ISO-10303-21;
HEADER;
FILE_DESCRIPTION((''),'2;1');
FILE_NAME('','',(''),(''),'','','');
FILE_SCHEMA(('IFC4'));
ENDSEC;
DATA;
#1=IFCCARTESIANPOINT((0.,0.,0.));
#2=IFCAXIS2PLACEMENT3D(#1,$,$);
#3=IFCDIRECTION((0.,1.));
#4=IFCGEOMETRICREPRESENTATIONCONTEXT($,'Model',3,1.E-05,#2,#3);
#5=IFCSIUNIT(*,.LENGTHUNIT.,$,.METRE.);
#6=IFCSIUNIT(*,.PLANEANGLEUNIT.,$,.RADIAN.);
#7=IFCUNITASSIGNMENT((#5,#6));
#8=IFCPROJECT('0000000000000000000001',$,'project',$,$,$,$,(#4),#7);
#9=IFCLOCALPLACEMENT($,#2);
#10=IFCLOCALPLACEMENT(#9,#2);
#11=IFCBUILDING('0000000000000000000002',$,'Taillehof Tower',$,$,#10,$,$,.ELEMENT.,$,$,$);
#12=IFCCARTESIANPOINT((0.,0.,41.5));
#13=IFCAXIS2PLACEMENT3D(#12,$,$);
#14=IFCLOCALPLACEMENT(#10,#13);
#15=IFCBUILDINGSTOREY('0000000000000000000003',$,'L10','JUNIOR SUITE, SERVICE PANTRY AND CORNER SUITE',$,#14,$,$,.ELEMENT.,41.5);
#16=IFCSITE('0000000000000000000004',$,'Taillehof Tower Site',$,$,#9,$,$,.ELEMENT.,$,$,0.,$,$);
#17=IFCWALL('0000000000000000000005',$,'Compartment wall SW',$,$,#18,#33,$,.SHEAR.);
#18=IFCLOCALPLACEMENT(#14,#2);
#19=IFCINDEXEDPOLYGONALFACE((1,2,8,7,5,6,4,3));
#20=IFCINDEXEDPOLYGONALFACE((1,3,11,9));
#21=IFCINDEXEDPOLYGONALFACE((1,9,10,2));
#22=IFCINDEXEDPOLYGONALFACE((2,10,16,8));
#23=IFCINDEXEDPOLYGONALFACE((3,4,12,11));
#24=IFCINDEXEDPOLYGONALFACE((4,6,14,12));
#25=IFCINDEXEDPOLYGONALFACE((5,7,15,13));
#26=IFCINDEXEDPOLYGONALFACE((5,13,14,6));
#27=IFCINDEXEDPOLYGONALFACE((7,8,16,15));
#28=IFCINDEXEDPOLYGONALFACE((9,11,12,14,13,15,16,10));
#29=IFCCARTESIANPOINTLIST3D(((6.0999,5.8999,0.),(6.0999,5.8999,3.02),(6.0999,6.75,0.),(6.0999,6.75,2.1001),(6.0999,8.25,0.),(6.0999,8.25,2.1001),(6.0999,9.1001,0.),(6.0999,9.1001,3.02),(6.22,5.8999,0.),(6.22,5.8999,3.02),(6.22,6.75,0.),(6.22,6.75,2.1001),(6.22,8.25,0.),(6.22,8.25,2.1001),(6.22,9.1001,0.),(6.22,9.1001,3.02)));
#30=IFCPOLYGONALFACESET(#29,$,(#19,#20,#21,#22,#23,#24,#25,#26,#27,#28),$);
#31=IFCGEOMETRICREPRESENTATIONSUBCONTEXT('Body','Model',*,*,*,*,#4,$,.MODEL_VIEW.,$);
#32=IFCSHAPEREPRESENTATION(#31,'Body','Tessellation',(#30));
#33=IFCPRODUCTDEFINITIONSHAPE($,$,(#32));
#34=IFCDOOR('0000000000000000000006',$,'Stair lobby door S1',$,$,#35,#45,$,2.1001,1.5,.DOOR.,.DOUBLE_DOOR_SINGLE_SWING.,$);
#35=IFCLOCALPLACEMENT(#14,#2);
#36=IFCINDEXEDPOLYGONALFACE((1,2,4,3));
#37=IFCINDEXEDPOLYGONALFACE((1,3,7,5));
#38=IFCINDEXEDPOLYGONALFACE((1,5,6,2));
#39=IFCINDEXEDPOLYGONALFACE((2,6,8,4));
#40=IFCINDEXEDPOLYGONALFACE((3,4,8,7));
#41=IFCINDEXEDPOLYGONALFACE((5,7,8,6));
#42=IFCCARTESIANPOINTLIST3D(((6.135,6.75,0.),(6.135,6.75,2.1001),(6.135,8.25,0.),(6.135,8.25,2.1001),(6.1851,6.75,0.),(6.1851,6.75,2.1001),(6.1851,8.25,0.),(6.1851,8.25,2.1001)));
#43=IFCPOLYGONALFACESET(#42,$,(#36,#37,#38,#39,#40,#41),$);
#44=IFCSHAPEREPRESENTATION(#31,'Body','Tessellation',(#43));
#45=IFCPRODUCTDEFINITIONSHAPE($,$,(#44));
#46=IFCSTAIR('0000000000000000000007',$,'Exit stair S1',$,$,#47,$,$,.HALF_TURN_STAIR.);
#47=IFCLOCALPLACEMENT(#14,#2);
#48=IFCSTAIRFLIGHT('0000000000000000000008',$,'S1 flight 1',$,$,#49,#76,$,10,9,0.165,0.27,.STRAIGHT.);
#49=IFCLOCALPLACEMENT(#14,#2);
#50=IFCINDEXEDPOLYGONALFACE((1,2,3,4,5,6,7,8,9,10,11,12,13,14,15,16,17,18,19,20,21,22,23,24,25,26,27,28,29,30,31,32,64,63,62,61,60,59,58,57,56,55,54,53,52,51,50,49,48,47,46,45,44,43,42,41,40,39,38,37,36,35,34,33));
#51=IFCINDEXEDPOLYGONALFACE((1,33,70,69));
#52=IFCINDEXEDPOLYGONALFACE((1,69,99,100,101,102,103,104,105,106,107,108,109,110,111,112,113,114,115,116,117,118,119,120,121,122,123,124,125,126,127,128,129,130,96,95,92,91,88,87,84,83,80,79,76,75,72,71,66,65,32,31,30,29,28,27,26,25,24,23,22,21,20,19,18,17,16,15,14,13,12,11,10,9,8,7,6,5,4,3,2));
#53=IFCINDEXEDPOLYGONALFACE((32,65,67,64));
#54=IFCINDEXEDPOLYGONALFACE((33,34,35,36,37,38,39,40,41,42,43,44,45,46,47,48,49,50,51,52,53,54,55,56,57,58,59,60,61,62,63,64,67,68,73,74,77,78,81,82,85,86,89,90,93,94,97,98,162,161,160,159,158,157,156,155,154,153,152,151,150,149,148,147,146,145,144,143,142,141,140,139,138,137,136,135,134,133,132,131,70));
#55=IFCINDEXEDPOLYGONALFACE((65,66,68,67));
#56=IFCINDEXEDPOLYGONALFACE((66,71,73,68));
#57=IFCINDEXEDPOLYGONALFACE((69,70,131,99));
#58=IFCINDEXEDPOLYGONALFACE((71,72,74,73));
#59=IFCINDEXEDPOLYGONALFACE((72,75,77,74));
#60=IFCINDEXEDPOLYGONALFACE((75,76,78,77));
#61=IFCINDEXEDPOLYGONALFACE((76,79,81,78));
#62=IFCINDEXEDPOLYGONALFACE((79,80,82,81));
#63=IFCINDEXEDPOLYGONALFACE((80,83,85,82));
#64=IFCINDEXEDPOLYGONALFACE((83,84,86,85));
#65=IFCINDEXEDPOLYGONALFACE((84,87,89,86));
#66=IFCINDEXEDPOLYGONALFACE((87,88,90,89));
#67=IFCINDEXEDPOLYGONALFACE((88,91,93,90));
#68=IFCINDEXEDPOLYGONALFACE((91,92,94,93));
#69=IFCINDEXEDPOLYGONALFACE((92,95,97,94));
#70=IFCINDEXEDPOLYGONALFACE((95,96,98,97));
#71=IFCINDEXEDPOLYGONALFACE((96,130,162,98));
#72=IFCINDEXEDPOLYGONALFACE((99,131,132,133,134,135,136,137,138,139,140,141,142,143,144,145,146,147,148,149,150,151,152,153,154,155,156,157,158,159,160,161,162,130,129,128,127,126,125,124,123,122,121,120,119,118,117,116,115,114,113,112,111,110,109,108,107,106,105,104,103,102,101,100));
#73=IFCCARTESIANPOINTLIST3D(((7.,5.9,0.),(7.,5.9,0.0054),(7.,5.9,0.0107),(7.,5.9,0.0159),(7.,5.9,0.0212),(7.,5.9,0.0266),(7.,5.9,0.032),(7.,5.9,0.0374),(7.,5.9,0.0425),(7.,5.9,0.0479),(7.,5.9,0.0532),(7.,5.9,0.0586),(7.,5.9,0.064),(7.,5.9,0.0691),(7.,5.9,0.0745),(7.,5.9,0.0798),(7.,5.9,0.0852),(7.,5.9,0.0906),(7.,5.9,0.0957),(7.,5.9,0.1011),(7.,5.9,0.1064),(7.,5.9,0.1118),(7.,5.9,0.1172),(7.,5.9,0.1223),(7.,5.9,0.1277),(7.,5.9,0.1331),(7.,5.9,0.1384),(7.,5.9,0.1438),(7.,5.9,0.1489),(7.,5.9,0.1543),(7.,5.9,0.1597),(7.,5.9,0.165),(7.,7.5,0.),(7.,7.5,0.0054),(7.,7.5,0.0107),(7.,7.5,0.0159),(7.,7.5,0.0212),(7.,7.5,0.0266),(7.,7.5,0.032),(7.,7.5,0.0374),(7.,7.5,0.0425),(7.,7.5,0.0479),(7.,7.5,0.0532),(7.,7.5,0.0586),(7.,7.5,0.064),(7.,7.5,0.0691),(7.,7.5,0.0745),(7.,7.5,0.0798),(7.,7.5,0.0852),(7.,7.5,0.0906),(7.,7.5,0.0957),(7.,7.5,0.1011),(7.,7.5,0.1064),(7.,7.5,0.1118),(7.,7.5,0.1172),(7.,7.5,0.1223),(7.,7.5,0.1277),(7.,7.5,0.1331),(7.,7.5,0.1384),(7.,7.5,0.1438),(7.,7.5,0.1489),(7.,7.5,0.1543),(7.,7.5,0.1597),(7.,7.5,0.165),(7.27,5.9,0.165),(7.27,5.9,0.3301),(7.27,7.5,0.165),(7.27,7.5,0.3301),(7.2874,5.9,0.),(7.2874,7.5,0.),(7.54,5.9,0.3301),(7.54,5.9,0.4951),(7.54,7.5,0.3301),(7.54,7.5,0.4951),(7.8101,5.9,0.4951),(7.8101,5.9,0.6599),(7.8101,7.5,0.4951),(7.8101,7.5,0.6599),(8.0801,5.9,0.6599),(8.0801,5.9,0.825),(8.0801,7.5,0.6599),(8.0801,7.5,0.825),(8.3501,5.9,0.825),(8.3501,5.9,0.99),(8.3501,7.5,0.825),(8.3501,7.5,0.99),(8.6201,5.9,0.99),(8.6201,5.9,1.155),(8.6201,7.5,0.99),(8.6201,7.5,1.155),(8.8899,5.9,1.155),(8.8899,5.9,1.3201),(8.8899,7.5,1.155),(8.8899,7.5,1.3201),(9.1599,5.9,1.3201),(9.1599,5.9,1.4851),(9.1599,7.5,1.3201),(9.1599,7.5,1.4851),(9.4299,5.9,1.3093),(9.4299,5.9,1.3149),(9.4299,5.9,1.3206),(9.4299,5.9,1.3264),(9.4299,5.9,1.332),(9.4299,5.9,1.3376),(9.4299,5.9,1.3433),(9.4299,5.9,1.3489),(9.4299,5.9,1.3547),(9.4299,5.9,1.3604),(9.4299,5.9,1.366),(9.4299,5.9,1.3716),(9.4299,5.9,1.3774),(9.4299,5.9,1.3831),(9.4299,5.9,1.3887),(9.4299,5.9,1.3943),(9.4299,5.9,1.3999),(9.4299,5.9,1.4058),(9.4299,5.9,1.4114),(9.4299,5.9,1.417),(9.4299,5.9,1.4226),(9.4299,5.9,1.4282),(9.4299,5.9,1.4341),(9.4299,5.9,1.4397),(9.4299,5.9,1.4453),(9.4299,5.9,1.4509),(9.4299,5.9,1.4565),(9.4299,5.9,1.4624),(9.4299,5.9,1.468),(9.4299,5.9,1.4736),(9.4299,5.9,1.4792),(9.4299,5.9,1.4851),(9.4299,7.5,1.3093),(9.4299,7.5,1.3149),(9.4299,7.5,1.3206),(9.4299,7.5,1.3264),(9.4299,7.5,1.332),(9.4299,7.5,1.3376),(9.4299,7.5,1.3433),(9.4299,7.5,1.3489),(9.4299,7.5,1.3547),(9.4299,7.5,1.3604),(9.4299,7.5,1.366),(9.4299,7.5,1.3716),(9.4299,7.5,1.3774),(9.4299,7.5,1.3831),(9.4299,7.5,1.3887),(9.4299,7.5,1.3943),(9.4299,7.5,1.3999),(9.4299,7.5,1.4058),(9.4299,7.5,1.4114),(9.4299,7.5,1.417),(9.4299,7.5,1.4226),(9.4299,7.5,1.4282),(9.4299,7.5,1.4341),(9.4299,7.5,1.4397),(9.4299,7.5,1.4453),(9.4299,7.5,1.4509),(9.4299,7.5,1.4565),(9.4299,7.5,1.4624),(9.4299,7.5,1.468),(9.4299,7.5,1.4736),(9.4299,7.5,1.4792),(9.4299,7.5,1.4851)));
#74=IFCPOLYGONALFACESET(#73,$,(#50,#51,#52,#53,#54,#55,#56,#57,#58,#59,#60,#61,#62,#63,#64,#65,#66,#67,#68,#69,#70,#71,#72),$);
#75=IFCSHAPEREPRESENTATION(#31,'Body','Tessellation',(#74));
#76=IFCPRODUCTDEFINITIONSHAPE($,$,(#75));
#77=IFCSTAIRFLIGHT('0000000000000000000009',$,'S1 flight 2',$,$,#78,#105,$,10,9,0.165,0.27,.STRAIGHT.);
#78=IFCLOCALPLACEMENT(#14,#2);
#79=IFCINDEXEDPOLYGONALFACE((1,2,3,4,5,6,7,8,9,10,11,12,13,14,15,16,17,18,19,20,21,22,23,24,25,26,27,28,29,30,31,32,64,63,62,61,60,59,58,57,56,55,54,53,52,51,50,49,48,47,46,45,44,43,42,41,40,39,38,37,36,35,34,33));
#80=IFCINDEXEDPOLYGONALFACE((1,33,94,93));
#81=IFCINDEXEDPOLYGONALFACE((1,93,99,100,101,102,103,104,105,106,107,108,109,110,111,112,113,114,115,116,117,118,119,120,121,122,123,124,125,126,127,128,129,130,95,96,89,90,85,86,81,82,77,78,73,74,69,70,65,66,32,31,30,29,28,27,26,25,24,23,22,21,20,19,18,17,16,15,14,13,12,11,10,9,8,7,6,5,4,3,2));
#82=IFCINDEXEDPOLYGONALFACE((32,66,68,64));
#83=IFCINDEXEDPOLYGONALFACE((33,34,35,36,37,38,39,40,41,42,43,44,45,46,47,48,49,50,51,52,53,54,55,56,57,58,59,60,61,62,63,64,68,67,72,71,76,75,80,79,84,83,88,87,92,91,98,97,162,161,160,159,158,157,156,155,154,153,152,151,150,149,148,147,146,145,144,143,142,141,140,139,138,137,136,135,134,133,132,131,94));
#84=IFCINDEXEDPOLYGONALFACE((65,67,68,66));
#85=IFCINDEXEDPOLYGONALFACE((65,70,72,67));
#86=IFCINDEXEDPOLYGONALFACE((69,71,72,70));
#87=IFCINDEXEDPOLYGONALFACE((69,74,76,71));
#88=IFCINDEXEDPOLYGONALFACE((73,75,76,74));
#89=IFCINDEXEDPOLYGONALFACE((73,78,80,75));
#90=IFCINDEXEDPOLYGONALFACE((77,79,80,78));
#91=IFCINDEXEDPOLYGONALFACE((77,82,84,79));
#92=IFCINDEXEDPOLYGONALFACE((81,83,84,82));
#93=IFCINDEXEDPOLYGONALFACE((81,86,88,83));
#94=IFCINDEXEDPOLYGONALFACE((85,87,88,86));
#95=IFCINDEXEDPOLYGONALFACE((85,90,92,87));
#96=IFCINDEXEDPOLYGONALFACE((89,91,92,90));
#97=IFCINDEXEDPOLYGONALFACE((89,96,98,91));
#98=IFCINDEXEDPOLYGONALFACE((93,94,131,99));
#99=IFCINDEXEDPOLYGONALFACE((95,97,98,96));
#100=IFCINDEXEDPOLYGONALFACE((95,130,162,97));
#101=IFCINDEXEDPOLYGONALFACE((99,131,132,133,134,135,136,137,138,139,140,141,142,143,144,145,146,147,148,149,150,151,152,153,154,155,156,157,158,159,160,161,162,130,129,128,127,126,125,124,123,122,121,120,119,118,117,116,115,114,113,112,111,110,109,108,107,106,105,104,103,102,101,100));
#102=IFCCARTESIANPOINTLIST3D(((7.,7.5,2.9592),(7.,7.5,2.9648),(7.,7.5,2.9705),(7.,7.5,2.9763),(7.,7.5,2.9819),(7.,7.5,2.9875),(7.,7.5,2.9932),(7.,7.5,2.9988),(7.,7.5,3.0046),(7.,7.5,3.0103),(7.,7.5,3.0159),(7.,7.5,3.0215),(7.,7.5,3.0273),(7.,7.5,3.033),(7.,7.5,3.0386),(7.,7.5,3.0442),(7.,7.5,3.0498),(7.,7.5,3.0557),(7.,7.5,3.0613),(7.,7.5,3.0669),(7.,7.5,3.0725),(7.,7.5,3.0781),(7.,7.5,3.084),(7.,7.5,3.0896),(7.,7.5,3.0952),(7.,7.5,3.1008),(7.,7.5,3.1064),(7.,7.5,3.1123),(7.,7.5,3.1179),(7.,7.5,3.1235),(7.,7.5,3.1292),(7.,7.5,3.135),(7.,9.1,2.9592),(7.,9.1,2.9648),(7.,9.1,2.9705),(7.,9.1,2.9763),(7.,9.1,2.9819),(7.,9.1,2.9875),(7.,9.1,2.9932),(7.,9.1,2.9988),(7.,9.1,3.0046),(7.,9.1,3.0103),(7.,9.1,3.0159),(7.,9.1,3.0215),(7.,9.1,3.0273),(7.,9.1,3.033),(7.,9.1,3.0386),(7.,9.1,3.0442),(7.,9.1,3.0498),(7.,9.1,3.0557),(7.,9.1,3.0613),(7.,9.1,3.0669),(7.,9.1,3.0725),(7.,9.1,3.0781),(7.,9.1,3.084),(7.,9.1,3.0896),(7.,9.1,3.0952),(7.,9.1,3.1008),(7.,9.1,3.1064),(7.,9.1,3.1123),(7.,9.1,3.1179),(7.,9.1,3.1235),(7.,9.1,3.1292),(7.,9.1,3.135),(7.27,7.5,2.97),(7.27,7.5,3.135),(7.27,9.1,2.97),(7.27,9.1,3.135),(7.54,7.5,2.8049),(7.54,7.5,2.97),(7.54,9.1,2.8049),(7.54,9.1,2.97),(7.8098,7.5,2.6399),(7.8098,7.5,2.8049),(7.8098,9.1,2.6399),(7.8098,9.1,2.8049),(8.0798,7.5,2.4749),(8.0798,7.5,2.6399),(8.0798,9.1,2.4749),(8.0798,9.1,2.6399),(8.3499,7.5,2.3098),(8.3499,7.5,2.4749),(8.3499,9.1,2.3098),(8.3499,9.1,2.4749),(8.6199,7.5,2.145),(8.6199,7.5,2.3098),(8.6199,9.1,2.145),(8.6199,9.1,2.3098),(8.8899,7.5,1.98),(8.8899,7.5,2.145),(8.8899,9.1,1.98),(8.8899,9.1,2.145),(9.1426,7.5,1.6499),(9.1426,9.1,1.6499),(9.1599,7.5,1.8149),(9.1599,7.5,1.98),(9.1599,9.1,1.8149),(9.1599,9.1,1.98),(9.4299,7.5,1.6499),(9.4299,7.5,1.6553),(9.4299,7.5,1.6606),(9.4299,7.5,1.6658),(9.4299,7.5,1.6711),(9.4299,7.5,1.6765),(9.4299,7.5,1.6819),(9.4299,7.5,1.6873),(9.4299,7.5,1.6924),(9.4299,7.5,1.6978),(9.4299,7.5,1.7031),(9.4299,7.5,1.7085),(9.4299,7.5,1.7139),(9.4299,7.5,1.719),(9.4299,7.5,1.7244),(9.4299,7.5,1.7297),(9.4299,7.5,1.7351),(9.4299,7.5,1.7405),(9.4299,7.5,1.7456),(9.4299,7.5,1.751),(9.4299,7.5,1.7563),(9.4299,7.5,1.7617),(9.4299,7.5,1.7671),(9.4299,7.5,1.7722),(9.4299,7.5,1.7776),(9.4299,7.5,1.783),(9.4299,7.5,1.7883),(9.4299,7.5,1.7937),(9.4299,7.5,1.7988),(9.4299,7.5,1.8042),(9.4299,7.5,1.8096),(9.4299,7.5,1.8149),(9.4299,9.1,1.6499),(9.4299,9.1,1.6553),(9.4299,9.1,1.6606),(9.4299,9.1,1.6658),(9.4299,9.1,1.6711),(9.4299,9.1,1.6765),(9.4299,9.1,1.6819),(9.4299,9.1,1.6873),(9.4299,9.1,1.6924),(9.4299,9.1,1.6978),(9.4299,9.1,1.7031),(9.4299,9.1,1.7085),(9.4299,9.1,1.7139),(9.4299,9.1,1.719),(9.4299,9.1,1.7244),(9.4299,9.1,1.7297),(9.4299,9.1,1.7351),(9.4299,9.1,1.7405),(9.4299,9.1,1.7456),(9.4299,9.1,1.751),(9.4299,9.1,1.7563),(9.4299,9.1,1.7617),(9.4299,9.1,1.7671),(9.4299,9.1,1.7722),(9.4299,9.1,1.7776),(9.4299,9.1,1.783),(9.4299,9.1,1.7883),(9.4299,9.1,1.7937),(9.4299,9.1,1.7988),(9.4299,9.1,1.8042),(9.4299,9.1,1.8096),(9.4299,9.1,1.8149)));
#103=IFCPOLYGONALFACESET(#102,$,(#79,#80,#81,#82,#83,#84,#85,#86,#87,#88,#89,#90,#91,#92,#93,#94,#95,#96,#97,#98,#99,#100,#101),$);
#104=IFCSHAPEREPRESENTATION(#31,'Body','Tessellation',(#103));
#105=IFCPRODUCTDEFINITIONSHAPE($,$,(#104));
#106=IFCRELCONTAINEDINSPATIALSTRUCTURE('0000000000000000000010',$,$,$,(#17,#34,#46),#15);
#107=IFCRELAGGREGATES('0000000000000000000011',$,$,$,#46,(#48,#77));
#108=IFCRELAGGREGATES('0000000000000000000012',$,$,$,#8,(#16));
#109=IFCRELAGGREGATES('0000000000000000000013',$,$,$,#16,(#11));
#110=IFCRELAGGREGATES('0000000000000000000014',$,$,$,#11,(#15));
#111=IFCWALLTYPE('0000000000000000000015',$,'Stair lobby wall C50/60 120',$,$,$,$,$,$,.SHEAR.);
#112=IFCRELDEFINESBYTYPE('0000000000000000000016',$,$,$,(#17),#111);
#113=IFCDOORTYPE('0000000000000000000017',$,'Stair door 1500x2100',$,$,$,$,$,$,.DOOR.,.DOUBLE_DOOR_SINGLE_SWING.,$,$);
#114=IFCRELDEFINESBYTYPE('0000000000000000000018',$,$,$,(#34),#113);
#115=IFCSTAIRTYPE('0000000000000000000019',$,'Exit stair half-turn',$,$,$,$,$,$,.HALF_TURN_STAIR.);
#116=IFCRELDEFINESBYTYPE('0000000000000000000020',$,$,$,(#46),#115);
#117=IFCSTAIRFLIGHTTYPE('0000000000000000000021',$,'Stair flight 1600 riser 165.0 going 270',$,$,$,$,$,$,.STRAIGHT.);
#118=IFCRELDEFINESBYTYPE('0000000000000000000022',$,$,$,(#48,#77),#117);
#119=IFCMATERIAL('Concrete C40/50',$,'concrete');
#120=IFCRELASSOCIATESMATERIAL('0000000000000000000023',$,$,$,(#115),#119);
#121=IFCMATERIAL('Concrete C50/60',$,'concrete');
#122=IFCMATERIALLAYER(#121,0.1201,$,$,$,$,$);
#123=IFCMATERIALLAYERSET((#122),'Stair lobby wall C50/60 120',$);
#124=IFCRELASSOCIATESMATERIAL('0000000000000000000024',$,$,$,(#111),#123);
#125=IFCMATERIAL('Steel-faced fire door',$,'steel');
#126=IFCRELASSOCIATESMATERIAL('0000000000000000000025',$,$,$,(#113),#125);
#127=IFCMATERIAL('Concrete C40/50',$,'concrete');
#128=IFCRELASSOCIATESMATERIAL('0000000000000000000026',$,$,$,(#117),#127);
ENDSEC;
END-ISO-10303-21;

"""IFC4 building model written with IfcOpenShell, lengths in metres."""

from ifc_helpers import new_model, si_unit, direction, frame, frame_2d, origin, place, context, subcontext, project, spatial, polyline, rectangle, outline, extrude, material, layer, layer_set, type_object, element, fill, aggregate, save


model = new_model("IFC4")

# Units and contexts
model_context = context("Model", 3, precision=1e-05, world=origin(), true_north=direction((0.0, 1.0)))
body_context = subcontext(model_context, "Body", "Model", "MODEL_VIEW")
ifc_project = project(units=[si_unit("LENGTHUNIT", "METRE"), si_unit("PLANEANGLEUNIT", "RADIAN")], contexts=[model_context])

# Site, building, storey
site_placement = place(None, origin())
site = spatial("IfcSite", under=ifc_project, at=site_placement, Name="Taillehof Tower Site", CompositionType="ELEMENT", RefElevation=0.0)
building_placement = place(site_placement, origin())
building = spatial("IfcBuilding", under=site, at=building_placement, Name="Taillehof Tower", CompositionType="ELEMENT")
storey_placement = place(building_placement, frame((0.0, 0.0, 41.5)))
storey = spatial("IfcBuildingStorey", under=building, at=storey_placement, Name="L10", Description="JUNIOR SUITE, SERVICE PANTRY AND CORNER SUITE", CompositionType="ELEMENT", Elevation=41.5)

# Shared definitions
ifc_material_1 = material(Name="Concrete C40/50", Category="concrete")
stair_type = type_object("IfcStairType", Name="Exit stair half-turn", PredefinedType="HALF_TURN_STAIR", material=ifc_material_1)

# Wall, opening, door
ifc_material_2 = material(Name="Concrete C50/60", Category="concrete")
ifc_layer_1 = layer(ifc_material_2, 0.1201)
ifc_layer_set_1 = layer_set([ifc_layer_1], Name="Stair lobby wall C50/60 120")
wall_type_1 = type_object("IfcWallType", Name="Stair lobby wall C50/60 120", PredefinedType="SHEAR", material=ifc_layer_set_1)
wall_1_placement = place(storey_placement, frame((6.1599, 5.8999, 0.0), z_axis=(0.0, 0.0, 1.0), x_axis=(0.0, 1.0, 0.0)))
wall_1 = element("IfcWall", 1, at=wall_1_placement, inside=storey, type_object=wall_type_1, Name="Compartment wall SW", PredefinedType="SHEAR", context=body_context, shape_type="SweptSolid", body=[
    extrude(rectangle(XDim=3.2002, YDim=0.1201, at=frame_2d((1.6001, 0.0))), origin(), (0.0, 0.0, 1.0), 3.02),
])
opening_1_placement = place(wall_1_placement, frame((0.8501, 0.0, 0.0)))
opening_1 = element("IfcOpeningElement", 2, at=opening_1_placement, cuts=wall_1, PredefinedType="OPENING", context=body_context, shape_type="SweptSolid", body=[
    extrude(rectangle(XDim=1.5, YDim=2.1001, at=frame_2d((0.75, 1.05))), frame((0.0, 0.0701, 0.0), z_axis=(0.0, -1.0, 0.0), x_axis=(1.0, 0.0, 0.0)), (0.0, 0.0, 1.0), 0.1401),
])
ifc_material_3 = material(Name="Steel-faced fire door", Category="steel")
door_type_1 = type_object("IfcDoorType", Name="Stair door 1500x2100", OperationType="DOUBLE_DOOR_SINGLE_SWING", PredefinedType="DOOR", material=ifc_material_3)
door_1_placement = place(opening_1_placement, origin())
door_1 = element("IfcDoor", 3, at=door_1_placement, inside=storey, type_object=door_type_1, Name="Stair lobby door S1", OperationType="DOUBLE_DOOR_SINGLE_SWING", OverallHeight=2.1001, OverallWidth=1.5, PredefinedType="DOOR", context=body_context, shape_type="SweptSolid", body=[
    extrude(rectangle(XDim=1.5, YDim=2.1001, at=frame_2d((0.75, 1.05))), frame((0.0, 0.0249, 0.0), z_axis=(0.0, -1.0, 0.0), x_axis=(1.0, 0.0, 0.0)), (0.0, 0.0, 1.0), 0.05),
])
fill(opening_1, door_1)

# Stair, stair flights
stair_1_placement = place(storey_placement, origin())
stair_1 = element("IfcStair", 4, at=stair_1_placement, inside=storey, type_object=stair_type, Name="Exit stair S1", PredefinedType="HALF_TURN_STAIR")
ifc_material_4 = material(Name="Concrete C40/50", Category="concrete")
stair_flight_type = type_object("IfcStairFlightType", Name="Stair flight 1600 riser 165.0 going 270", PredefinedType="STRAIGHT", material=ifc_material_4)
stair_flight_1_placement = place(storey_placement, frame((7.0, 6.7, 0.0), z_axis=(0.0, 0.0, 1.0), x_axis=(1.0, 0.0, 0.0)))
stair_flight_1 = element("IfcStairFlight", 5, at=stair_flight_1_placement, type_object=stair_flight_type, Name="S1 flight 1", NumberOfRisers=10, NumberOfTreads=9, PredefinedType="STRAIGHT", RiserHeight=0.165, TreadLength=0.27, context=body_context, shape_type="SweptSolid", body=[
    extrude(outline(polyline([(0.0, 0.0), (0.0, 0.0054), (0.0, 0.0107), (0.0, 0.0159), (0.0, 0.0212), (0.0, 0.0266), (0.0, 0.032), (0.0, 0.0374), (0.0, 0.0425), (0.0, 0.0479), (0.0, 0.0532), (0.0, 0.0586), (0.0, 0.064), (0.0, 0.0691), (0.0, 0.0745), (0.0, 0.0798), (0.0, 0.0852), (0.0, 0.0906), (0.0, 0.0957), (0.0, 0.1011), (0.0, 0.1064), (0.0, 0.1118), (0.0, 0.1172), (0.0, 0.1223), (0.0, 0.1277), (0.0, 0.1331), (0.0, 0.1384), (0.0, 0.1438), (0.0, 0.1489), (0.0, 0.1543), (0.0, 0.1597), (0.0, 0.165), (0.27, 0.165), (0.27, 0.3301), (0.54, 0.3301), (0.54, 0.4951), (0.8101, 0.4951), (0.8101, 0.6599), (1.0801, 0.6599), (1.0801, 0.825), (1.3501, 0.825), (1.3501, 0.99), (1.6201, 0.99), (1.6201, 1.155), (1.8899, 1.155), (1.8899, 1.3201), (2.1599, 1.3201), (2.1599, 1.4851), (2.4299, 1.4851), (2.4299, 1.4792), (2.4299, 1.4736), (2.4299, 1.468), (2.4299, 1.4624), (2.4299, 1.4565), (2.4299, 1.4509), (2.4299, 1.4453), (2.4299, 1.4397), (2.4299, 1.4341), (2.4299, 1.4282), (2.4299, 1.4226), (2.4299, 1.417), (2.4299, 1.4114), (2.4299, 1.4058), (2.4299, 1.3999), (2.4299, 1.3943), (2.4299, 1.3887), (2.4299, 1.3831), (2.4299, 1.3774), (2.4299, 1.3716), (2.4299, 1.366), (2.4299, 1.3604), (2.4299, 1.3547), (2.4299, 1.3489), (2.4299, 1.3433), (2.4299, 1.3376), (2.4299, 1.332), (2.4299, 1.3264), (2.4299, 1.3206), (2.4299, 1.3149), (2.4299, 1.3093), (0.2874, 0.0), (0.0, 0.0)])), frame((0.0, 0.8, 0.0), z_axis=(0.0, -1.0, 0.0), x_axis=(1.0, 0.0, 0.0)), (0.0, 0.0, 1.0), 1.6),
])
stair_flight_2_placement = place(storey_placement, frame((9.4299, 8.3, 1.6499), z_axis=(0.0, 0.0, 1.0), x_axis=(-1.0, 0.0, 0.0)))
stair_flight_2 = element("IfcStairFlight", 6, at=stair_flight_2_placement, type_object=stair_flight_type, Name="S1 flight 2", NumberOfRisers=10, NumberOfTreads=9, PredefinedType="STRAIGHT", RiserHeight=0.165, TreadLength=0.27, context=body_context, shape_type="SweptSolid", body=[
    extrude(outline(polyline([(0.0, 0.0), (0.0, 0.0054), (0.0, 0.0107), (0.0, 0.0159), (0.0, 0.0212), (0.0, 0.0266), (0.0, 0.032), (0.0, 0.0374), (0.0, 0.0425), (0.0, 0.0479), (0.0, 0.0532), (0.0, 0.0586), (0.0, 0.064), (0.0, 0.0691), (0.0, 0.0745), (0.0, 0.0798), (0.0, 0.0852), (0.0, 0.0906), (0.0, 0.0957), (0.0, 0.1011), (0.0, 0.1064), (0.0, 0.1118), (0.0, 0.1172), (0.0, 0.1223), (0.0, 0.1277), (0.0, 0.1331), (0.0, 0.1384), (0.0, 0.1438), (0.0, 0.1489), (0.0, 0.1543), (0.0, 0.1597), (0.0, 0.165), (0.27, 0.165), (0.27, 0.3301), (0.54, 0.3301), (0.54, 0.4951), (0.8101, 0.4951), (0.8101, 0.6599), (1.0801, 0.6599), (1.0801, 0.825), (1.3501, 0.825), (1.3501, 0.99), (1.6201, 0.99), (1.6201, 1.155), (1.8899, 1.155), (1.8899, 1.3201), (2.1599, 1.3201), (2.1599, 1.4851), (2.4299, 1.4851), (2.4299, 1.4792), (2.4299, 1.4736), (2.4299, 1.468), (2.4299, 1.4624), (2.4299, 1.4565), (2.4299, 1.4509), (2.4299, 1.4453), (2.4299, 1.4397), (2.4299, 1.4341), (2.4299, 1.4282), (2.4299, 1.4226), (2.4299, 1.417), (2.4299, 1.4114), (2.4299, 1.4058), (2.4299, 1.3999), (2.4299, 1.3943), (2.4299, 1.3887), (2.4299, 1.3831), (2.4299, 1.3774), (2.4299, 1.3716), (2.4299, 1.366), (2.4299, 1.3604), (2.4299, 1.3547), (2.4299, 1.3489), (2.4299, 1.3433), (2.4299, 1.3376), (2.4299, 1.332), (2.4299, 1.3264), (2.4299, 1.3206), (2.4299, 1.3149), (2.4299, 1.3093), (0.2874, 0.0), (0.0, 0.0)])), frame((0.0, 0.8, 0.0), z_axis=(0.0, -1.0, 0.0), x_axis=(1.0, 0.0, 0.0)), (0.0, 0.0, 1.0), 1.6),
])
aggregate(stair_1, [stair_flight_1, stair_flight_2])

save(model, "model.ifc")
